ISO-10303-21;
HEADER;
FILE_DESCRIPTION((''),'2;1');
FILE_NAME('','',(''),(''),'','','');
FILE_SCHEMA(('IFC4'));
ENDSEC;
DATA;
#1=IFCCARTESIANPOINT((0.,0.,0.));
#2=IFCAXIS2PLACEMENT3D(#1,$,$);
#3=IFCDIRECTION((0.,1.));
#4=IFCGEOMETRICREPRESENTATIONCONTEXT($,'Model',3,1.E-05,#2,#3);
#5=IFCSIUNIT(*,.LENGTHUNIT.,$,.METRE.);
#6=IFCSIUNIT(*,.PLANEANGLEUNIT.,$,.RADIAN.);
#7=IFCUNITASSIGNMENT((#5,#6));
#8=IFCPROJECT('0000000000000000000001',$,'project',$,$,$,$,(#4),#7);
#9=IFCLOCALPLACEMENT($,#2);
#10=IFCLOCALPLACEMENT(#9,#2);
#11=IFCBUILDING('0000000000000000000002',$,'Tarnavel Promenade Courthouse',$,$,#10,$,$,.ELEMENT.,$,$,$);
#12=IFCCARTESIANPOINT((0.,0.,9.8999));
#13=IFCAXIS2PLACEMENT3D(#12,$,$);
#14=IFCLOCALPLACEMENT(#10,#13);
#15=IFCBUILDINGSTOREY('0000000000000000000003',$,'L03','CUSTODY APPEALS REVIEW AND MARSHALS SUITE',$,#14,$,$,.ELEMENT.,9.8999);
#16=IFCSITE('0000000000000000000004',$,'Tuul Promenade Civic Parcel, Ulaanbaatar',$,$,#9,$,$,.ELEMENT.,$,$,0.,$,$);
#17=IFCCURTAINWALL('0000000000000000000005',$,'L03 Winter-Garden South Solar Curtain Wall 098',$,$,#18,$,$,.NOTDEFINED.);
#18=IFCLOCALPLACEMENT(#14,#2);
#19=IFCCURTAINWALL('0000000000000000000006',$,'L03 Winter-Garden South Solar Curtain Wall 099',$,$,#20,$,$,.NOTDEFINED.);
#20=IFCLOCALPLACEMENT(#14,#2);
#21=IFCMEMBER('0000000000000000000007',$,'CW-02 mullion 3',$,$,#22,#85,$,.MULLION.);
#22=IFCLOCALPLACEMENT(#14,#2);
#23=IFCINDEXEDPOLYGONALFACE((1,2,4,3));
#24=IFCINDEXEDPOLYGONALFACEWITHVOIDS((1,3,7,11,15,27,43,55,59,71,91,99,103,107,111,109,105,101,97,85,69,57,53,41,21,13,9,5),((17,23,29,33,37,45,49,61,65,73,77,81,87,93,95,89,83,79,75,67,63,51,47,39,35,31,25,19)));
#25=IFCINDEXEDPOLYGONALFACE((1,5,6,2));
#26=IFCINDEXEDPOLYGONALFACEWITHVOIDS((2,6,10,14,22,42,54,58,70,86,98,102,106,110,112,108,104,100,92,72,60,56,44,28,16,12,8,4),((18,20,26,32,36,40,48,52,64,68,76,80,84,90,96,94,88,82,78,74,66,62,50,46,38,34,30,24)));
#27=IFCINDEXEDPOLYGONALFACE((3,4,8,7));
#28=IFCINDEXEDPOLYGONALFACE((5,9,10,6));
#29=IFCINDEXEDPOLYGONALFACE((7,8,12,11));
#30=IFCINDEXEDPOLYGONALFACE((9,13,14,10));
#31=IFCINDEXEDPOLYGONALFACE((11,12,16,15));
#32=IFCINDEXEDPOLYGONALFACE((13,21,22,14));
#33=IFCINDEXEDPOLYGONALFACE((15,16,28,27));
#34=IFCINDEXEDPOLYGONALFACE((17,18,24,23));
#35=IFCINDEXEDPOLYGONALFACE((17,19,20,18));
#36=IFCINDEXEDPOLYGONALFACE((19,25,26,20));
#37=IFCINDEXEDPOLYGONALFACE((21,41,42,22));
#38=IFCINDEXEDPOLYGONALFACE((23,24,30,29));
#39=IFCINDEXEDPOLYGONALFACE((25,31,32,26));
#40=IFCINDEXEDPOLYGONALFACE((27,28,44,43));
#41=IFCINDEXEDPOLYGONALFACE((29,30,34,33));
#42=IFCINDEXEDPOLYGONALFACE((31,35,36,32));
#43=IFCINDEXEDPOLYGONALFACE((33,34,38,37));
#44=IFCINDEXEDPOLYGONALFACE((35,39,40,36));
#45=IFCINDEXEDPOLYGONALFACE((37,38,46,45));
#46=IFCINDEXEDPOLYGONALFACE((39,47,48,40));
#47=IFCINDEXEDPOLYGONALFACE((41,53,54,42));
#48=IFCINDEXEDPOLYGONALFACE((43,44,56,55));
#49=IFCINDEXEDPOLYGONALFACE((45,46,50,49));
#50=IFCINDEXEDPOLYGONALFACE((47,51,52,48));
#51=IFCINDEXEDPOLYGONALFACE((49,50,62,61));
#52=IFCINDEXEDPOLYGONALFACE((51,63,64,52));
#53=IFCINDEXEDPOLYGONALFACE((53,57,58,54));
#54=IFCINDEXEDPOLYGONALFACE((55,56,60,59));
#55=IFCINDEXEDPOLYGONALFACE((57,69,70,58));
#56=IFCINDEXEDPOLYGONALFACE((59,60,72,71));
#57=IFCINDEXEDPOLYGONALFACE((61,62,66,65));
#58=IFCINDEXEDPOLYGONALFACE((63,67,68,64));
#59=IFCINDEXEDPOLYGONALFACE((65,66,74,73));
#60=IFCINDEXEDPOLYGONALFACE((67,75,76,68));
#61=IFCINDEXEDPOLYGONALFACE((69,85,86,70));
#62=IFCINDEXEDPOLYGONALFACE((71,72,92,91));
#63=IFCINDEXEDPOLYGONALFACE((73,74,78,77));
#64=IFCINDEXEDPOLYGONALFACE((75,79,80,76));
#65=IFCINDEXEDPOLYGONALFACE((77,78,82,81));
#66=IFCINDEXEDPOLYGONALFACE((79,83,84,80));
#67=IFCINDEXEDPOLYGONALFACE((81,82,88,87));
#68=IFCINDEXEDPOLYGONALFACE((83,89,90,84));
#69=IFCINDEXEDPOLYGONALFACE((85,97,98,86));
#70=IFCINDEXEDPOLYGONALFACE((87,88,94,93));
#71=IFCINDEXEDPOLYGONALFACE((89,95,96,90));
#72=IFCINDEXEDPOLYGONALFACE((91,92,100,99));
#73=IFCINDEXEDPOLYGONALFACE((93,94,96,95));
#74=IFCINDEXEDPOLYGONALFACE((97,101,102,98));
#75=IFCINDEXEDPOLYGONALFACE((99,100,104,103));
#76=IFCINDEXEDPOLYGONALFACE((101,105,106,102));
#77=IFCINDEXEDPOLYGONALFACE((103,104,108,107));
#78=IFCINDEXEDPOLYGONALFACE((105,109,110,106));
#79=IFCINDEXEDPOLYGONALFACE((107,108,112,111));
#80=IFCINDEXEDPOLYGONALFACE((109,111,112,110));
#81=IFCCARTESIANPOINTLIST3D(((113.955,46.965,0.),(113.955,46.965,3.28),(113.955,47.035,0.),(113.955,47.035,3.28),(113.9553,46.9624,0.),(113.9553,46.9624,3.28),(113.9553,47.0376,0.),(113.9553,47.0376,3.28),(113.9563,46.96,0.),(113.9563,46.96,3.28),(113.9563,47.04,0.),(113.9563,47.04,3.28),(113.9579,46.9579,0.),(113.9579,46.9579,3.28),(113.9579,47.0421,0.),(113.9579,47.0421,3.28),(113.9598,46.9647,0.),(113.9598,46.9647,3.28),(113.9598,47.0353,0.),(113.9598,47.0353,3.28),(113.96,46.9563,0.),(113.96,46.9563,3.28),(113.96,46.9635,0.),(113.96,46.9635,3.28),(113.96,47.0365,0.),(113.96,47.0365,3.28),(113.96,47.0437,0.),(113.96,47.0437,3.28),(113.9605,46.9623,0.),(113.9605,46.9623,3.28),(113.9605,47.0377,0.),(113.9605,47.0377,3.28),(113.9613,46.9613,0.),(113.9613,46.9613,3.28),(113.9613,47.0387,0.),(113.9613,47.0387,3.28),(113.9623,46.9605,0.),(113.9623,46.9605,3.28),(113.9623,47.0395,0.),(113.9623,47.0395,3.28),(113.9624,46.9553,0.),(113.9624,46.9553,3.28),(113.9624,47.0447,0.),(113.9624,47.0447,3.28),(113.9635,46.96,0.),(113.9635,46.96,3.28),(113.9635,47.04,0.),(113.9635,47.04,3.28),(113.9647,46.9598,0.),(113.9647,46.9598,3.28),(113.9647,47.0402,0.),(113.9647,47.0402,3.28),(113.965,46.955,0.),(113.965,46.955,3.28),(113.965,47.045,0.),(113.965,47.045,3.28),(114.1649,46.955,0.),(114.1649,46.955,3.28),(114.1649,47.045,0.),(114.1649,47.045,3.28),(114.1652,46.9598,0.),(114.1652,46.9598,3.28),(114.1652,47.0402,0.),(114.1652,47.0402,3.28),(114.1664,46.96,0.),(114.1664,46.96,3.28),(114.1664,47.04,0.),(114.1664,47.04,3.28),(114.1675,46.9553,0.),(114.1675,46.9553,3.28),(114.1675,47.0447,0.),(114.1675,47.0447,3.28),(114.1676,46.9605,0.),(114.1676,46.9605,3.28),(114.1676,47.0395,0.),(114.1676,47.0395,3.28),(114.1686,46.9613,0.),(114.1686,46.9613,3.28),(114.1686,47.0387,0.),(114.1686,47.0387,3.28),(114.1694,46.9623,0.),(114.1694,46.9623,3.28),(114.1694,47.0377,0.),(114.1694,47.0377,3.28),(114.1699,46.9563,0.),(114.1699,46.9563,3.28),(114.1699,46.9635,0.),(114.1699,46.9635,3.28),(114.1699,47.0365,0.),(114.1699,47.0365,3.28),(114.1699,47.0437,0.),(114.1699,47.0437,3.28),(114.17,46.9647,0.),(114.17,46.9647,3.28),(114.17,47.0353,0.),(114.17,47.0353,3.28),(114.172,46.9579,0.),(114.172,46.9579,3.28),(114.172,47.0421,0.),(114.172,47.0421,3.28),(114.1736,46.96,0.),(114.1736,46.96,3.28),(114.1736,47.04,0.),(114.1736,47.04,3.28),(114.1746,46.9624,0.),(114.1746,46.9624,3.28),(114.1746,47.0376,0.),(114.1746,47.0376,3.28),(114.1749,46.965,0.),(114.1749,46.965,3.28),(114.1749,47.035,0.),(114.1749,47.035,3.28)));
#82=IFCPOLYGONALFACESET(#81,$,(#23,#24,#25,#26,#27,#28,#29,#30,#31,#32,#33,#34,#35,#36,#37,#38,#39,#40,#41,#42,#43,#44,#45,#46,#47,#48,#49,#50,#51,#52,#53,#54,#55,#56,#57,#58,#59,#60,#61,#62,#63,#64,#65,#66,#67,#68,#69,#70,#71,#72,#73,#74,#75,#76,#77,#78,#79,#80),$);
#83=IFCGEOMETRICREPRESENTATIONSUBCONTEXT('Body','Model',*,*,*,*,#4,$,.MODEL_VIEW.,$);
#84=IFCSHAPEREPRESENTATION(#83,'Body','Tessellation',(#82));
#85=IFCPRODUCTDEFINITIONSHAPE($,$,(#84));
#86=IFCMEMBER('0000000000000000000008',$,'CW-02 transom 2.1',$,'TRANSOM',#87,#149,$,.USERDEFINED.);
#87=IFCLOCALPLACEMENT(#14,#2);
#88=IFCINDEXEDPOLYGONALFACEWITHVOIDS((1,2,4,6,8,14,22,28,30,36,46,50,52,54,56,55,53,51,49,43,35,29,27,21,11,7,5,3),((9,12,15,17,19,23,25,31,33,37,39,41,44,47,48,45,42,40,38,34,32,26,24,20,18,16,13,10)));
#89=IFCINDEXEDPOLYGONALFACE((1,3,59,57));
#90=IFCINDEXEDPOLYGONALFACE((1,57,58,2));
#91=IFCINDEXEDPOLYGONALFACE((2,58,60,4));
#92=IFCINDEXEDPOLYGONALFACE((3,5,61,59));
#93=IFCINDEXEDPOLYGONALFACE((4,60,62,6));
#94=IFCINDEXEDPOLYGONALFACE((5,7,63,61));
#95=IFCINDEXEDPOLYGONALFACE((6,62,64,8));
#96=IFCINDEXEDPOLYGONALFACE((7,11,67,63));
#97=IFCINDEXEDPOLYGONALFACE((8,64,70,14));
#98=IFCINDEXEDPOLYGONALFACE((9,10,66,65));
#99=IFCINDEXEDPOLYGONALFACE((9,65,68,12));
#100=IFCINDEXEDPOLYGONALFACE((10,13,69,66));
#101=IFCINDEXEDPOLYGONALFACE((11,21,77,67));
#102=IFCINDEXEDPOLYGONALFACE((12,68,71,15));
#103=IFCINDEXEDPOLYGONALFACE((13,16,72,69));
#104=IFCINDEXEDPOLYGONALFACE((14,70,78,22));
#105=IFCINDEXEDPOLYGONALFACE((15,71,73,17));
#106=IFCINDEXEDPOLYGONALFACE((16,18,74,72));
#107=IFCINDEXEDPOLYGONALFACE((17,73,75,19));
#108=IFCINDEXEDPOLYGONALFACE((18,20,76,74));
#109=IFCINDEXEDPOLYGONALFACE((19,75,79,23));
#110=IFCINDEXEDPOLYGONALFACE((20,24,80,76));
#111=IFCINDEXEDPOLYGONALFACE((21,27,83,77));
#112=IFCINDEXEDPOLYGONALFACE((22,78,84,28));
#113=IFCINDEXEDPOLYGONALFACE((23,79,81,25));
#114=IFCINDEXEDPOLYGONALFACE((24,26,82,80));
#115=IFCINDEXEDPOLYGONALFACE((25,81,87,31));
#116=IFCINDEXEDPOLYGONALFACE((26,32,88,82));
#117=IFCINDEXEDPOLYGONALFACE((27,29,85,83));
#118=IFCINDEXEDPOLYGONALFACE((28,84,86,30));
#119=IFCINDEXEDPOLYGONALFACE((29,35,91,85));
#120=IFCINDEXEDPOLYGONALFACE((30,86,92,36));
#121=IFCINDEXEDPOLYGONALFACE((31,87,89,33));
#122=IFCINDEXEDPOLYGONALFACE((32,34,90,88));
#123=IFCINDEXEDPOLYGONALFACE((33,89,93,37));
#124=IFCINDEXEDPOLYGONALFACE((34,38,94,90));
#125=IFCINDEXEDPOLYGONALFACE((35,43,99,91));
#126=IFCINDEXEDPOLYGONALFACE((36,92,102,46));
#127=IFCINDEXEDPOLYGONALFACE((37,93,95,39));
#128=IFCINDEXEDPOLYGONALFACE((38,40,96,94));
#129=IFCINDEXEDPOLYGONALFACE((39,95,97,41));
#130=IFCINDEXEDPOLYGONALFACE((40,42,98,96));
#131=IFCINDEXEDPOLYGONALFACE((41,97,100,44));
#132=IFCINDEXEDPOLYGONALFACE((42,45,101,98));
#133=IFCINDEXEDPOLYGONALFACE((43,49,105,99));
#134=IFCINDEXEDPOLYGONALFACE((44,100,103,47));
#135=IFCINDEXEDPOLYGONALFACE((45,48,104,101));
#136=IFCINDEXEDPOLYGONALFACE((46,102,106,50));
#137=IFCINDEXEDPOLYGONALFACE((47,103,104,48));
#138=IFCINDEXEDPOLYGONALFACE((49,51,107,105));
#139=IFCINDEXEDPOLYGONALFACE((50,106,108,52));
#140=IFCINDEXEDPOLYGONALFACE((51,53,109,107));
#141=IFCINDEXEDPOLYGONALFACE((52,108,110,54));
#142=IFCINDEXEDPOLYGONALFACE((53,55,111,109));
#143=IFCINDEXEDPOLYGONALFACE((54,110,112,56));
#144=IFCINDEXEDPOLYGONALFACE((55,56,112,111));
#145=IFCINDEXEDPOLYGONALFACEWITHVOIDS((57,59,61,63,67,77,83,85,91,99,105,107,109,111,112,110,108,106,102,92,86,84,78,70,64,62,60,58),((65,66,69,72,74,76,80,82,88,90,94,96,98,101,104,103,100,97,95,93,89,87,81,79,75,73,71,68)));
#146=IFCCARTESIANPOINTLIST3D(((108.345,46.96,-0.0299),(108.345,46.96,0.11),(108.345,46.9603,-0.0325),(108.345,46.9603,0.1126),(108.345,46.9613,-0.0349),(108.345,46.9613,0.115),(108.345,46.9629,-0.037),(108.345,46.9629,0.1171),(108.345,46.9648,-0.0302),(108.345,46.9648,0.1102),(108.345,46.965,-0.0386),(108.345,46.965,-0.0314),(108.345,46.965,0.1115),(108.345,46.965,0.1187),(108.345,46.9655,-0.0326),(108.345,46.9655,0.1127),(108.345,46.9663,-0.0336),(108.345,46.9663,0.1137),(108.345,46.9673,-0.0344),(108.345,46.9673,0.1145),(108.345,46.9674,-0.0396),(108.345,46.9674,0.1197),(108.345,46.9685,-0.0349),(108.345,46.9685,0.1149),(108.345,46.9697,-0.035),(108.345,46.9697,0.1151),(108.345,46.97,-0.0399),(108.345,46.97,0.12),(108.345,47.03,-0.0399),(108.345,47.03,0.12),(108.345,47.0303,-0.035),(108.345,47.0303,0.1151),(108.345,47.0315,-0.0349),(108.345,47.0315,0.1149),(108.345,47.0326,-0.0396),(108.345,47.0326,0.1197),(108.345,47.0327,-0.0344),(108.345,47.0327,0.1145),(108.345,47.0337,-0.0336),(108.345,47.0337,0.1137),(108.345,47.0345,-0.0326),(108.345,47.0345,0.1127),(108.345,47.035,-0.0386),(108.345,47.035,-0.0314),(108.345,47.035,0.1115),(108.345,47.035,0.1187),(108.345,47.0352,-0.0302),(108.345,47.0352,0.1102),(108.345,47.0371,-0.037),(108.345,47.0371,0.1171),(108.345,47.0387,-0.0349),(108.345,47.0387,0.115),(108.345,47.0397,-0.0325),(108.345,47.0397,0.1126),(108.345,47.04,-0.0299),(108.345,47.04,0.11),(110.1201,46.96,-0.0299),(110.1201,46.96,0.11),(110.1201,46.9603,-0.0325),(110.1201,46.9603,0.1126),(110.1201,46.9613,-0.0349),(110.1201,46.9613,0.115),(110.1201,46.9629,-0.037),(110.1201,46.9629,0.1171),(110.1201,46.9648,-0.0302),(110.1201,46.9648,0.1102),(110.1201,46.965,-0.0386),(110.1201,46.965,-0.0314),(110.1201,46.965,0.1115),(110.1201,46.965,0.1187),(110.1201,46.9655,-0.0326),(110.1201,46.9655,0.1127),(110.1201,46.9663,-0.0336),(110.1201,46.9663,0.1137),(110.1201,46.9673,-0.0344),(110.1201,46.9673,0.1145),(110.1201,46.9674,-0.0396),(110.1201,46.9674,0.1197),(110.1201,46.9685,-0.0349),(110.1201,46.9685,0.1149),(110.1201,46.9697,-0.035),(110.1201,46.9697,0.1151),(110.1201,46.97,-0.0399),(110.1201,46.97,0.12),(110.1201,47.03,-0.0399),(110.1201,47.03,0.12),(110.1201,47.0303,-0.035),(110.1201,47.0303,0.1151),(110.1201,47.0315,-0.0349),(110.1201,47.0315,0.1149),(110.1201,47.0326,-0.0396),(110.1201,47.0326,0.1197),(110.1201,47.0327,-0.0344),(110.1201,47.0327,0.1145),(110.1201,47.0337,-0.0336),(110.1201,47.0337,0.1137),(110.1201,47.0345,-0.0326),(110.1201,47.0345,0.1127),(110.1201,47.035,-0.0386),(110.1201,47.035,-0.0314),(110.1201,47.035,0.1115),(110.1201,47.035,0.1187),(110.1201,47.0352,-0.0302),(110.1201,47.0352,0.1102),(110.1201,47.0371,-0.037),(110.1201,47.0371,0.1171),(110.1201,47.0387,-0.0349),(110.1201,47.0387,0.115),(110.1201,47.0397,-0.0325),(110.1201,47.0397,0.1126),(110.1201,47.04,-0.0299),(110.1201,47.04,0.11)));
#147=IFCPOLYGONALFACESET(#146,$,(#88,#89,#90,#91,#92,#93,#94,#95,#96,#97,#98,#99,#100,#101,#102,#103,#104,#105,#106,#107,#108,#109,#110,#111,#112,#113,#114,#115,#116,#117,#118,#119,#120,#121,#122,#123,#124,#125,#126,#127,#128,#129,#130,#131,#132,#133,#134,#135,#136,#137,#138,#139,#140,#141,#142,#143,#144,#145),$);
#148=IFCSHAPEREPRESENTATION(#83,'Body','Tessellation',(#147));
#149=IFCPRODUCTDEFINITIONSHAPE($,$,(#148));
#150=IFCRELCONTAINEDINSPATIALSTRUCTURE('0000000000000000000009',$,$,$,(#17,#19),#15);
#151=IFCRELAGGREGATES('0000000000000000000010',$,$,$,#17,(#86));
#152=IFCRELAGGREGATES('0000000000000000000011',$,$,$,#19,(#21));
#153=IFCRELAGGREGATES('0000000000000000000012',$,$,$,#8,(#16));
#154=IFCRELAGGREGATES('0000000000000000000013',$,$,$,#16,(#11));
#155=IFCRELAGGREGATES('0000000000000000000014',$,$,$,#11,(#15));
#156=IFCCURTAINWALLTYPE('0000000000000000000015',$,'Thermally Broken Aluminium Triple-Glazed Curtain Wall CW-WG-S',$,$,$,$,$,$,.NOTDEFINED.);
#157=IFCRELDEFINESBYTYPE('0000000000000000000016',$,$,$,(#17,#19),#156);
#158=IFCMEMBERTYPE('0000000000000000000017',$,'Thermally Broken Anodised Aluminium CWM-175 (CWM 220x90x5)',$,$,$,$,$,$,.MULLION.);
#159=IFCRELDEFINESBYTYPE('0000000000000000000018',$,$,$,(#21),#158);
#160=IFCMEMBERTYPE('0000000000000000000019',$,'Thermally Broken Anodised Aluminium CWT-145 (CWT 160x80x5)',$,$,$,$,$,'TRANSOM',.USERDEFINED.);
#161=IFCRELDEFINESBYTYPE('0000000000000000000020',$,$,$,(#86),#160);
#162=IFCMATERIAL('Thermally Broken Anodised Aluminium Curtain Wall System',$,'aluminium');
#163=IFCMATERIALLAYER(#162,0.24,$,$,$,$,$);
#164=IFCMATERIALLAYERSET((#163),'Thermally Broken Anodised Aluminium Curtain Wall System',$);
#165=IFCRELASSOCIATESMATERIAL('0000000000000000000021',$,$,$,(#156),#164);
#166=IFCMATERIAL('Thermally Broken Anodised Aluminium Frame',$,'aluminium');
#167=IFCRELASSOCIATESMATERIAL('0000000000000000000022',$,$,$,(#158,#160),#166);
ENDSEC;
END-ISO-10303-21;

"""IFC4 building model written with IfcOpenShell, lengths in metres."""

from ifc_helpers import new_model, si_unit, direction, frame, origin, origin_2d, place, context, subcontext, project, spatial, hollow_rectangle, extrude, material, layer, layer_set, material_profile, profile_set, type_object, element, aggregate, save


model = new_model("IFC4")

# Units and contexts
model_context = context("Model", 3, precision=1e-05, world=origin(), true_north=direction((0.0, 1.0)))
body_context = subcontext(model_context, "Body", "Model", "MODEL_VIEW")
ifc_project = project(units=[si_unit("LENGTHUNIT", "METRE"), si_unit("PLANEANGLEUNIT", "RADIAN")], contexts=[model_context])

# Site, building, storey
site_placement = place(None, origin())
site = spatial("IfcSite", under=ifc_project, at=site_placement, Name="Tuul Promenade Civic Parcel, Ulaanbaatar", CompositionType="ELEMENT", RefElevation=0.0)
building_placement = place(site_placement, origin())
building = spatial("IfcBuilding", under=site, at=building_placement, Name="Tarnavel Promenade Courthouse", CompositionType="ELEMENT")
storey_placement = place(building_placement, frame((0.0, 0.0, 9.8999)))
storey = spatial("IfcBuildingStorey", under=building, at=storey_placement, Name="L03", Description="CUSTODY APPEALS REVIEW AND MARSHALS SUITE", CompositionType="ELEMENT", Elevation=9.8999)

# Curtain walls, member
ifc_material_1 = material(Name="Thermally Broken Anodised Aluminium Curtain Wall System", Category="aluminium")
ifc_layer_1 = layer(ifc_material_1, 0.24)
ifc_layer_set_1 = layer_set([ifc_layer_1], Name="Thermally Broken Anodised Aluminium Curtain Wall System")
curtain_wall_type = type_object("IfcCurtainWallType", Name="Thermally Broken Aluminium Triple-Glazed Curtain Wall CW-WG-S", PredefinedType="NOTDEFINED", material=ifc_layer_set_1)
curtain_wall_1_placement = place(storey_placement, origin())
curtain_wall_1 = element("IfcCurtainWall", 1, at=curtain_wall_1_placement, inside=storey, type_object=curtain_wall_type, Name="L03 Winter-Garden South Solar Curtain Wall 098", PredefinedType="NOTDEFINED")
ifc_material_2 = material(Name="Thermally Broken Anodised Aluminium Frame", Category="aluminium")
ifc_material_profile_1 = material_profile(ifc_material_2, hollow_rectangle(XDim=0.0901, YDim=0.22, WallThickness=0.0049, InnerFilletRadius=0.0049, OuterFilletRadius=0.01, at=origin_2d()), Name="CWM 220x90x5")
ifc_profile_set_1 = profile_set([ifc_material_profile_1], Name="Thermally Broken Anodised Aluminium Frame")
member_type_1 = type_object("IfcMemberType", Name="Thermally Broken Anodised Aluminium CWM-175 (CWM 220x90x5)", PredefinedType="MULLION", material=ifc_profile_set_1)
curtain_wall_2_placement = place(storey_placement, origin())
curtain_wall_2 = element("IfcCurtainWall", 2, at=curtain_wall_2_placement, inside=storey, type_object=curtain_wall_type, Name="L03 Winter-Garden South Solar Curtain Wall 099", PredefinedType="NOTDEFINED")
member_1_placement = place(storey_placement, frame((114.0649, 47.0, 0.0), z_axis=(0.0, 0.0, 1.0), x_axis=(0.0, 1.0, 0.0)))
member_1 = element("IfcMember", 3, at=member_1_placement, type_object=member_type_1, Name="CW-02 mullion 3", PredefinedType="MULLION", context=body_context, shape_type="SweptSolid", body=[
    extrude(hollow_rectangle(XDim=0.0901, YDim=0.22, WallThickness=0.0049, InnerFilletRadius=0.0049, OuterFilletRadius=0.01, at=origin_2d()), origin(), (0.0, 0.0, 1.0), 3.28),
])

# Member
ifc_material_profile_2 = material_profile(ifc_material_2, hollow_rectangle(XDim=0.0801, YDim=0.1599, WallThickness=0.0049, InnerFilletRadius=0.0049, OuterFilletRadius=0.01, at=origin_2d()), Name="CWT 160x80x5")
ifc_profile_set_2 = profile_set([ifc_material_profile_2], Name="Thermally Broken Anodised Aluminium Frame")
member_type_2 = type_object("IfcMemberType", Name="Thermally Broken Anodised Aluminium CWT-145 (CWT 160x80x5)", ElementType="TRANSOM", PredefinedType="USERDEFINED", material=ifc_profile_set_2)
member_2_placement = place(storey_placement, frame((108.345, 47.0, 0.04), z_axis=(1.0, 0.0, 0.0), x_axis=(0.0, 1.0, 0.0)))
member_2 = element("IfcMember", 4, at=member_2_placement, type_object=member_type_2, Name="CW-02 transom 2.1", ObjectType="TRANSOM", PredefinedType="USERDEFINED", context=body_context, shape_type="SweptSolid", body=[
    extrude(hollow_rectangle(XDim=0.0801, YDim=0.1599, WallThickness=0.0049, InnerFilletRadius=0.0049, OuterFilletRadius=0.01, at=origin_2d()), origin(), (0.0, 0.0, 1.0), 1.7751),
])

aggregate(curtain_wall_1, [member_2])
aggregate(curtain_wall_2, [member_1])

save(model, "model.ifc")
